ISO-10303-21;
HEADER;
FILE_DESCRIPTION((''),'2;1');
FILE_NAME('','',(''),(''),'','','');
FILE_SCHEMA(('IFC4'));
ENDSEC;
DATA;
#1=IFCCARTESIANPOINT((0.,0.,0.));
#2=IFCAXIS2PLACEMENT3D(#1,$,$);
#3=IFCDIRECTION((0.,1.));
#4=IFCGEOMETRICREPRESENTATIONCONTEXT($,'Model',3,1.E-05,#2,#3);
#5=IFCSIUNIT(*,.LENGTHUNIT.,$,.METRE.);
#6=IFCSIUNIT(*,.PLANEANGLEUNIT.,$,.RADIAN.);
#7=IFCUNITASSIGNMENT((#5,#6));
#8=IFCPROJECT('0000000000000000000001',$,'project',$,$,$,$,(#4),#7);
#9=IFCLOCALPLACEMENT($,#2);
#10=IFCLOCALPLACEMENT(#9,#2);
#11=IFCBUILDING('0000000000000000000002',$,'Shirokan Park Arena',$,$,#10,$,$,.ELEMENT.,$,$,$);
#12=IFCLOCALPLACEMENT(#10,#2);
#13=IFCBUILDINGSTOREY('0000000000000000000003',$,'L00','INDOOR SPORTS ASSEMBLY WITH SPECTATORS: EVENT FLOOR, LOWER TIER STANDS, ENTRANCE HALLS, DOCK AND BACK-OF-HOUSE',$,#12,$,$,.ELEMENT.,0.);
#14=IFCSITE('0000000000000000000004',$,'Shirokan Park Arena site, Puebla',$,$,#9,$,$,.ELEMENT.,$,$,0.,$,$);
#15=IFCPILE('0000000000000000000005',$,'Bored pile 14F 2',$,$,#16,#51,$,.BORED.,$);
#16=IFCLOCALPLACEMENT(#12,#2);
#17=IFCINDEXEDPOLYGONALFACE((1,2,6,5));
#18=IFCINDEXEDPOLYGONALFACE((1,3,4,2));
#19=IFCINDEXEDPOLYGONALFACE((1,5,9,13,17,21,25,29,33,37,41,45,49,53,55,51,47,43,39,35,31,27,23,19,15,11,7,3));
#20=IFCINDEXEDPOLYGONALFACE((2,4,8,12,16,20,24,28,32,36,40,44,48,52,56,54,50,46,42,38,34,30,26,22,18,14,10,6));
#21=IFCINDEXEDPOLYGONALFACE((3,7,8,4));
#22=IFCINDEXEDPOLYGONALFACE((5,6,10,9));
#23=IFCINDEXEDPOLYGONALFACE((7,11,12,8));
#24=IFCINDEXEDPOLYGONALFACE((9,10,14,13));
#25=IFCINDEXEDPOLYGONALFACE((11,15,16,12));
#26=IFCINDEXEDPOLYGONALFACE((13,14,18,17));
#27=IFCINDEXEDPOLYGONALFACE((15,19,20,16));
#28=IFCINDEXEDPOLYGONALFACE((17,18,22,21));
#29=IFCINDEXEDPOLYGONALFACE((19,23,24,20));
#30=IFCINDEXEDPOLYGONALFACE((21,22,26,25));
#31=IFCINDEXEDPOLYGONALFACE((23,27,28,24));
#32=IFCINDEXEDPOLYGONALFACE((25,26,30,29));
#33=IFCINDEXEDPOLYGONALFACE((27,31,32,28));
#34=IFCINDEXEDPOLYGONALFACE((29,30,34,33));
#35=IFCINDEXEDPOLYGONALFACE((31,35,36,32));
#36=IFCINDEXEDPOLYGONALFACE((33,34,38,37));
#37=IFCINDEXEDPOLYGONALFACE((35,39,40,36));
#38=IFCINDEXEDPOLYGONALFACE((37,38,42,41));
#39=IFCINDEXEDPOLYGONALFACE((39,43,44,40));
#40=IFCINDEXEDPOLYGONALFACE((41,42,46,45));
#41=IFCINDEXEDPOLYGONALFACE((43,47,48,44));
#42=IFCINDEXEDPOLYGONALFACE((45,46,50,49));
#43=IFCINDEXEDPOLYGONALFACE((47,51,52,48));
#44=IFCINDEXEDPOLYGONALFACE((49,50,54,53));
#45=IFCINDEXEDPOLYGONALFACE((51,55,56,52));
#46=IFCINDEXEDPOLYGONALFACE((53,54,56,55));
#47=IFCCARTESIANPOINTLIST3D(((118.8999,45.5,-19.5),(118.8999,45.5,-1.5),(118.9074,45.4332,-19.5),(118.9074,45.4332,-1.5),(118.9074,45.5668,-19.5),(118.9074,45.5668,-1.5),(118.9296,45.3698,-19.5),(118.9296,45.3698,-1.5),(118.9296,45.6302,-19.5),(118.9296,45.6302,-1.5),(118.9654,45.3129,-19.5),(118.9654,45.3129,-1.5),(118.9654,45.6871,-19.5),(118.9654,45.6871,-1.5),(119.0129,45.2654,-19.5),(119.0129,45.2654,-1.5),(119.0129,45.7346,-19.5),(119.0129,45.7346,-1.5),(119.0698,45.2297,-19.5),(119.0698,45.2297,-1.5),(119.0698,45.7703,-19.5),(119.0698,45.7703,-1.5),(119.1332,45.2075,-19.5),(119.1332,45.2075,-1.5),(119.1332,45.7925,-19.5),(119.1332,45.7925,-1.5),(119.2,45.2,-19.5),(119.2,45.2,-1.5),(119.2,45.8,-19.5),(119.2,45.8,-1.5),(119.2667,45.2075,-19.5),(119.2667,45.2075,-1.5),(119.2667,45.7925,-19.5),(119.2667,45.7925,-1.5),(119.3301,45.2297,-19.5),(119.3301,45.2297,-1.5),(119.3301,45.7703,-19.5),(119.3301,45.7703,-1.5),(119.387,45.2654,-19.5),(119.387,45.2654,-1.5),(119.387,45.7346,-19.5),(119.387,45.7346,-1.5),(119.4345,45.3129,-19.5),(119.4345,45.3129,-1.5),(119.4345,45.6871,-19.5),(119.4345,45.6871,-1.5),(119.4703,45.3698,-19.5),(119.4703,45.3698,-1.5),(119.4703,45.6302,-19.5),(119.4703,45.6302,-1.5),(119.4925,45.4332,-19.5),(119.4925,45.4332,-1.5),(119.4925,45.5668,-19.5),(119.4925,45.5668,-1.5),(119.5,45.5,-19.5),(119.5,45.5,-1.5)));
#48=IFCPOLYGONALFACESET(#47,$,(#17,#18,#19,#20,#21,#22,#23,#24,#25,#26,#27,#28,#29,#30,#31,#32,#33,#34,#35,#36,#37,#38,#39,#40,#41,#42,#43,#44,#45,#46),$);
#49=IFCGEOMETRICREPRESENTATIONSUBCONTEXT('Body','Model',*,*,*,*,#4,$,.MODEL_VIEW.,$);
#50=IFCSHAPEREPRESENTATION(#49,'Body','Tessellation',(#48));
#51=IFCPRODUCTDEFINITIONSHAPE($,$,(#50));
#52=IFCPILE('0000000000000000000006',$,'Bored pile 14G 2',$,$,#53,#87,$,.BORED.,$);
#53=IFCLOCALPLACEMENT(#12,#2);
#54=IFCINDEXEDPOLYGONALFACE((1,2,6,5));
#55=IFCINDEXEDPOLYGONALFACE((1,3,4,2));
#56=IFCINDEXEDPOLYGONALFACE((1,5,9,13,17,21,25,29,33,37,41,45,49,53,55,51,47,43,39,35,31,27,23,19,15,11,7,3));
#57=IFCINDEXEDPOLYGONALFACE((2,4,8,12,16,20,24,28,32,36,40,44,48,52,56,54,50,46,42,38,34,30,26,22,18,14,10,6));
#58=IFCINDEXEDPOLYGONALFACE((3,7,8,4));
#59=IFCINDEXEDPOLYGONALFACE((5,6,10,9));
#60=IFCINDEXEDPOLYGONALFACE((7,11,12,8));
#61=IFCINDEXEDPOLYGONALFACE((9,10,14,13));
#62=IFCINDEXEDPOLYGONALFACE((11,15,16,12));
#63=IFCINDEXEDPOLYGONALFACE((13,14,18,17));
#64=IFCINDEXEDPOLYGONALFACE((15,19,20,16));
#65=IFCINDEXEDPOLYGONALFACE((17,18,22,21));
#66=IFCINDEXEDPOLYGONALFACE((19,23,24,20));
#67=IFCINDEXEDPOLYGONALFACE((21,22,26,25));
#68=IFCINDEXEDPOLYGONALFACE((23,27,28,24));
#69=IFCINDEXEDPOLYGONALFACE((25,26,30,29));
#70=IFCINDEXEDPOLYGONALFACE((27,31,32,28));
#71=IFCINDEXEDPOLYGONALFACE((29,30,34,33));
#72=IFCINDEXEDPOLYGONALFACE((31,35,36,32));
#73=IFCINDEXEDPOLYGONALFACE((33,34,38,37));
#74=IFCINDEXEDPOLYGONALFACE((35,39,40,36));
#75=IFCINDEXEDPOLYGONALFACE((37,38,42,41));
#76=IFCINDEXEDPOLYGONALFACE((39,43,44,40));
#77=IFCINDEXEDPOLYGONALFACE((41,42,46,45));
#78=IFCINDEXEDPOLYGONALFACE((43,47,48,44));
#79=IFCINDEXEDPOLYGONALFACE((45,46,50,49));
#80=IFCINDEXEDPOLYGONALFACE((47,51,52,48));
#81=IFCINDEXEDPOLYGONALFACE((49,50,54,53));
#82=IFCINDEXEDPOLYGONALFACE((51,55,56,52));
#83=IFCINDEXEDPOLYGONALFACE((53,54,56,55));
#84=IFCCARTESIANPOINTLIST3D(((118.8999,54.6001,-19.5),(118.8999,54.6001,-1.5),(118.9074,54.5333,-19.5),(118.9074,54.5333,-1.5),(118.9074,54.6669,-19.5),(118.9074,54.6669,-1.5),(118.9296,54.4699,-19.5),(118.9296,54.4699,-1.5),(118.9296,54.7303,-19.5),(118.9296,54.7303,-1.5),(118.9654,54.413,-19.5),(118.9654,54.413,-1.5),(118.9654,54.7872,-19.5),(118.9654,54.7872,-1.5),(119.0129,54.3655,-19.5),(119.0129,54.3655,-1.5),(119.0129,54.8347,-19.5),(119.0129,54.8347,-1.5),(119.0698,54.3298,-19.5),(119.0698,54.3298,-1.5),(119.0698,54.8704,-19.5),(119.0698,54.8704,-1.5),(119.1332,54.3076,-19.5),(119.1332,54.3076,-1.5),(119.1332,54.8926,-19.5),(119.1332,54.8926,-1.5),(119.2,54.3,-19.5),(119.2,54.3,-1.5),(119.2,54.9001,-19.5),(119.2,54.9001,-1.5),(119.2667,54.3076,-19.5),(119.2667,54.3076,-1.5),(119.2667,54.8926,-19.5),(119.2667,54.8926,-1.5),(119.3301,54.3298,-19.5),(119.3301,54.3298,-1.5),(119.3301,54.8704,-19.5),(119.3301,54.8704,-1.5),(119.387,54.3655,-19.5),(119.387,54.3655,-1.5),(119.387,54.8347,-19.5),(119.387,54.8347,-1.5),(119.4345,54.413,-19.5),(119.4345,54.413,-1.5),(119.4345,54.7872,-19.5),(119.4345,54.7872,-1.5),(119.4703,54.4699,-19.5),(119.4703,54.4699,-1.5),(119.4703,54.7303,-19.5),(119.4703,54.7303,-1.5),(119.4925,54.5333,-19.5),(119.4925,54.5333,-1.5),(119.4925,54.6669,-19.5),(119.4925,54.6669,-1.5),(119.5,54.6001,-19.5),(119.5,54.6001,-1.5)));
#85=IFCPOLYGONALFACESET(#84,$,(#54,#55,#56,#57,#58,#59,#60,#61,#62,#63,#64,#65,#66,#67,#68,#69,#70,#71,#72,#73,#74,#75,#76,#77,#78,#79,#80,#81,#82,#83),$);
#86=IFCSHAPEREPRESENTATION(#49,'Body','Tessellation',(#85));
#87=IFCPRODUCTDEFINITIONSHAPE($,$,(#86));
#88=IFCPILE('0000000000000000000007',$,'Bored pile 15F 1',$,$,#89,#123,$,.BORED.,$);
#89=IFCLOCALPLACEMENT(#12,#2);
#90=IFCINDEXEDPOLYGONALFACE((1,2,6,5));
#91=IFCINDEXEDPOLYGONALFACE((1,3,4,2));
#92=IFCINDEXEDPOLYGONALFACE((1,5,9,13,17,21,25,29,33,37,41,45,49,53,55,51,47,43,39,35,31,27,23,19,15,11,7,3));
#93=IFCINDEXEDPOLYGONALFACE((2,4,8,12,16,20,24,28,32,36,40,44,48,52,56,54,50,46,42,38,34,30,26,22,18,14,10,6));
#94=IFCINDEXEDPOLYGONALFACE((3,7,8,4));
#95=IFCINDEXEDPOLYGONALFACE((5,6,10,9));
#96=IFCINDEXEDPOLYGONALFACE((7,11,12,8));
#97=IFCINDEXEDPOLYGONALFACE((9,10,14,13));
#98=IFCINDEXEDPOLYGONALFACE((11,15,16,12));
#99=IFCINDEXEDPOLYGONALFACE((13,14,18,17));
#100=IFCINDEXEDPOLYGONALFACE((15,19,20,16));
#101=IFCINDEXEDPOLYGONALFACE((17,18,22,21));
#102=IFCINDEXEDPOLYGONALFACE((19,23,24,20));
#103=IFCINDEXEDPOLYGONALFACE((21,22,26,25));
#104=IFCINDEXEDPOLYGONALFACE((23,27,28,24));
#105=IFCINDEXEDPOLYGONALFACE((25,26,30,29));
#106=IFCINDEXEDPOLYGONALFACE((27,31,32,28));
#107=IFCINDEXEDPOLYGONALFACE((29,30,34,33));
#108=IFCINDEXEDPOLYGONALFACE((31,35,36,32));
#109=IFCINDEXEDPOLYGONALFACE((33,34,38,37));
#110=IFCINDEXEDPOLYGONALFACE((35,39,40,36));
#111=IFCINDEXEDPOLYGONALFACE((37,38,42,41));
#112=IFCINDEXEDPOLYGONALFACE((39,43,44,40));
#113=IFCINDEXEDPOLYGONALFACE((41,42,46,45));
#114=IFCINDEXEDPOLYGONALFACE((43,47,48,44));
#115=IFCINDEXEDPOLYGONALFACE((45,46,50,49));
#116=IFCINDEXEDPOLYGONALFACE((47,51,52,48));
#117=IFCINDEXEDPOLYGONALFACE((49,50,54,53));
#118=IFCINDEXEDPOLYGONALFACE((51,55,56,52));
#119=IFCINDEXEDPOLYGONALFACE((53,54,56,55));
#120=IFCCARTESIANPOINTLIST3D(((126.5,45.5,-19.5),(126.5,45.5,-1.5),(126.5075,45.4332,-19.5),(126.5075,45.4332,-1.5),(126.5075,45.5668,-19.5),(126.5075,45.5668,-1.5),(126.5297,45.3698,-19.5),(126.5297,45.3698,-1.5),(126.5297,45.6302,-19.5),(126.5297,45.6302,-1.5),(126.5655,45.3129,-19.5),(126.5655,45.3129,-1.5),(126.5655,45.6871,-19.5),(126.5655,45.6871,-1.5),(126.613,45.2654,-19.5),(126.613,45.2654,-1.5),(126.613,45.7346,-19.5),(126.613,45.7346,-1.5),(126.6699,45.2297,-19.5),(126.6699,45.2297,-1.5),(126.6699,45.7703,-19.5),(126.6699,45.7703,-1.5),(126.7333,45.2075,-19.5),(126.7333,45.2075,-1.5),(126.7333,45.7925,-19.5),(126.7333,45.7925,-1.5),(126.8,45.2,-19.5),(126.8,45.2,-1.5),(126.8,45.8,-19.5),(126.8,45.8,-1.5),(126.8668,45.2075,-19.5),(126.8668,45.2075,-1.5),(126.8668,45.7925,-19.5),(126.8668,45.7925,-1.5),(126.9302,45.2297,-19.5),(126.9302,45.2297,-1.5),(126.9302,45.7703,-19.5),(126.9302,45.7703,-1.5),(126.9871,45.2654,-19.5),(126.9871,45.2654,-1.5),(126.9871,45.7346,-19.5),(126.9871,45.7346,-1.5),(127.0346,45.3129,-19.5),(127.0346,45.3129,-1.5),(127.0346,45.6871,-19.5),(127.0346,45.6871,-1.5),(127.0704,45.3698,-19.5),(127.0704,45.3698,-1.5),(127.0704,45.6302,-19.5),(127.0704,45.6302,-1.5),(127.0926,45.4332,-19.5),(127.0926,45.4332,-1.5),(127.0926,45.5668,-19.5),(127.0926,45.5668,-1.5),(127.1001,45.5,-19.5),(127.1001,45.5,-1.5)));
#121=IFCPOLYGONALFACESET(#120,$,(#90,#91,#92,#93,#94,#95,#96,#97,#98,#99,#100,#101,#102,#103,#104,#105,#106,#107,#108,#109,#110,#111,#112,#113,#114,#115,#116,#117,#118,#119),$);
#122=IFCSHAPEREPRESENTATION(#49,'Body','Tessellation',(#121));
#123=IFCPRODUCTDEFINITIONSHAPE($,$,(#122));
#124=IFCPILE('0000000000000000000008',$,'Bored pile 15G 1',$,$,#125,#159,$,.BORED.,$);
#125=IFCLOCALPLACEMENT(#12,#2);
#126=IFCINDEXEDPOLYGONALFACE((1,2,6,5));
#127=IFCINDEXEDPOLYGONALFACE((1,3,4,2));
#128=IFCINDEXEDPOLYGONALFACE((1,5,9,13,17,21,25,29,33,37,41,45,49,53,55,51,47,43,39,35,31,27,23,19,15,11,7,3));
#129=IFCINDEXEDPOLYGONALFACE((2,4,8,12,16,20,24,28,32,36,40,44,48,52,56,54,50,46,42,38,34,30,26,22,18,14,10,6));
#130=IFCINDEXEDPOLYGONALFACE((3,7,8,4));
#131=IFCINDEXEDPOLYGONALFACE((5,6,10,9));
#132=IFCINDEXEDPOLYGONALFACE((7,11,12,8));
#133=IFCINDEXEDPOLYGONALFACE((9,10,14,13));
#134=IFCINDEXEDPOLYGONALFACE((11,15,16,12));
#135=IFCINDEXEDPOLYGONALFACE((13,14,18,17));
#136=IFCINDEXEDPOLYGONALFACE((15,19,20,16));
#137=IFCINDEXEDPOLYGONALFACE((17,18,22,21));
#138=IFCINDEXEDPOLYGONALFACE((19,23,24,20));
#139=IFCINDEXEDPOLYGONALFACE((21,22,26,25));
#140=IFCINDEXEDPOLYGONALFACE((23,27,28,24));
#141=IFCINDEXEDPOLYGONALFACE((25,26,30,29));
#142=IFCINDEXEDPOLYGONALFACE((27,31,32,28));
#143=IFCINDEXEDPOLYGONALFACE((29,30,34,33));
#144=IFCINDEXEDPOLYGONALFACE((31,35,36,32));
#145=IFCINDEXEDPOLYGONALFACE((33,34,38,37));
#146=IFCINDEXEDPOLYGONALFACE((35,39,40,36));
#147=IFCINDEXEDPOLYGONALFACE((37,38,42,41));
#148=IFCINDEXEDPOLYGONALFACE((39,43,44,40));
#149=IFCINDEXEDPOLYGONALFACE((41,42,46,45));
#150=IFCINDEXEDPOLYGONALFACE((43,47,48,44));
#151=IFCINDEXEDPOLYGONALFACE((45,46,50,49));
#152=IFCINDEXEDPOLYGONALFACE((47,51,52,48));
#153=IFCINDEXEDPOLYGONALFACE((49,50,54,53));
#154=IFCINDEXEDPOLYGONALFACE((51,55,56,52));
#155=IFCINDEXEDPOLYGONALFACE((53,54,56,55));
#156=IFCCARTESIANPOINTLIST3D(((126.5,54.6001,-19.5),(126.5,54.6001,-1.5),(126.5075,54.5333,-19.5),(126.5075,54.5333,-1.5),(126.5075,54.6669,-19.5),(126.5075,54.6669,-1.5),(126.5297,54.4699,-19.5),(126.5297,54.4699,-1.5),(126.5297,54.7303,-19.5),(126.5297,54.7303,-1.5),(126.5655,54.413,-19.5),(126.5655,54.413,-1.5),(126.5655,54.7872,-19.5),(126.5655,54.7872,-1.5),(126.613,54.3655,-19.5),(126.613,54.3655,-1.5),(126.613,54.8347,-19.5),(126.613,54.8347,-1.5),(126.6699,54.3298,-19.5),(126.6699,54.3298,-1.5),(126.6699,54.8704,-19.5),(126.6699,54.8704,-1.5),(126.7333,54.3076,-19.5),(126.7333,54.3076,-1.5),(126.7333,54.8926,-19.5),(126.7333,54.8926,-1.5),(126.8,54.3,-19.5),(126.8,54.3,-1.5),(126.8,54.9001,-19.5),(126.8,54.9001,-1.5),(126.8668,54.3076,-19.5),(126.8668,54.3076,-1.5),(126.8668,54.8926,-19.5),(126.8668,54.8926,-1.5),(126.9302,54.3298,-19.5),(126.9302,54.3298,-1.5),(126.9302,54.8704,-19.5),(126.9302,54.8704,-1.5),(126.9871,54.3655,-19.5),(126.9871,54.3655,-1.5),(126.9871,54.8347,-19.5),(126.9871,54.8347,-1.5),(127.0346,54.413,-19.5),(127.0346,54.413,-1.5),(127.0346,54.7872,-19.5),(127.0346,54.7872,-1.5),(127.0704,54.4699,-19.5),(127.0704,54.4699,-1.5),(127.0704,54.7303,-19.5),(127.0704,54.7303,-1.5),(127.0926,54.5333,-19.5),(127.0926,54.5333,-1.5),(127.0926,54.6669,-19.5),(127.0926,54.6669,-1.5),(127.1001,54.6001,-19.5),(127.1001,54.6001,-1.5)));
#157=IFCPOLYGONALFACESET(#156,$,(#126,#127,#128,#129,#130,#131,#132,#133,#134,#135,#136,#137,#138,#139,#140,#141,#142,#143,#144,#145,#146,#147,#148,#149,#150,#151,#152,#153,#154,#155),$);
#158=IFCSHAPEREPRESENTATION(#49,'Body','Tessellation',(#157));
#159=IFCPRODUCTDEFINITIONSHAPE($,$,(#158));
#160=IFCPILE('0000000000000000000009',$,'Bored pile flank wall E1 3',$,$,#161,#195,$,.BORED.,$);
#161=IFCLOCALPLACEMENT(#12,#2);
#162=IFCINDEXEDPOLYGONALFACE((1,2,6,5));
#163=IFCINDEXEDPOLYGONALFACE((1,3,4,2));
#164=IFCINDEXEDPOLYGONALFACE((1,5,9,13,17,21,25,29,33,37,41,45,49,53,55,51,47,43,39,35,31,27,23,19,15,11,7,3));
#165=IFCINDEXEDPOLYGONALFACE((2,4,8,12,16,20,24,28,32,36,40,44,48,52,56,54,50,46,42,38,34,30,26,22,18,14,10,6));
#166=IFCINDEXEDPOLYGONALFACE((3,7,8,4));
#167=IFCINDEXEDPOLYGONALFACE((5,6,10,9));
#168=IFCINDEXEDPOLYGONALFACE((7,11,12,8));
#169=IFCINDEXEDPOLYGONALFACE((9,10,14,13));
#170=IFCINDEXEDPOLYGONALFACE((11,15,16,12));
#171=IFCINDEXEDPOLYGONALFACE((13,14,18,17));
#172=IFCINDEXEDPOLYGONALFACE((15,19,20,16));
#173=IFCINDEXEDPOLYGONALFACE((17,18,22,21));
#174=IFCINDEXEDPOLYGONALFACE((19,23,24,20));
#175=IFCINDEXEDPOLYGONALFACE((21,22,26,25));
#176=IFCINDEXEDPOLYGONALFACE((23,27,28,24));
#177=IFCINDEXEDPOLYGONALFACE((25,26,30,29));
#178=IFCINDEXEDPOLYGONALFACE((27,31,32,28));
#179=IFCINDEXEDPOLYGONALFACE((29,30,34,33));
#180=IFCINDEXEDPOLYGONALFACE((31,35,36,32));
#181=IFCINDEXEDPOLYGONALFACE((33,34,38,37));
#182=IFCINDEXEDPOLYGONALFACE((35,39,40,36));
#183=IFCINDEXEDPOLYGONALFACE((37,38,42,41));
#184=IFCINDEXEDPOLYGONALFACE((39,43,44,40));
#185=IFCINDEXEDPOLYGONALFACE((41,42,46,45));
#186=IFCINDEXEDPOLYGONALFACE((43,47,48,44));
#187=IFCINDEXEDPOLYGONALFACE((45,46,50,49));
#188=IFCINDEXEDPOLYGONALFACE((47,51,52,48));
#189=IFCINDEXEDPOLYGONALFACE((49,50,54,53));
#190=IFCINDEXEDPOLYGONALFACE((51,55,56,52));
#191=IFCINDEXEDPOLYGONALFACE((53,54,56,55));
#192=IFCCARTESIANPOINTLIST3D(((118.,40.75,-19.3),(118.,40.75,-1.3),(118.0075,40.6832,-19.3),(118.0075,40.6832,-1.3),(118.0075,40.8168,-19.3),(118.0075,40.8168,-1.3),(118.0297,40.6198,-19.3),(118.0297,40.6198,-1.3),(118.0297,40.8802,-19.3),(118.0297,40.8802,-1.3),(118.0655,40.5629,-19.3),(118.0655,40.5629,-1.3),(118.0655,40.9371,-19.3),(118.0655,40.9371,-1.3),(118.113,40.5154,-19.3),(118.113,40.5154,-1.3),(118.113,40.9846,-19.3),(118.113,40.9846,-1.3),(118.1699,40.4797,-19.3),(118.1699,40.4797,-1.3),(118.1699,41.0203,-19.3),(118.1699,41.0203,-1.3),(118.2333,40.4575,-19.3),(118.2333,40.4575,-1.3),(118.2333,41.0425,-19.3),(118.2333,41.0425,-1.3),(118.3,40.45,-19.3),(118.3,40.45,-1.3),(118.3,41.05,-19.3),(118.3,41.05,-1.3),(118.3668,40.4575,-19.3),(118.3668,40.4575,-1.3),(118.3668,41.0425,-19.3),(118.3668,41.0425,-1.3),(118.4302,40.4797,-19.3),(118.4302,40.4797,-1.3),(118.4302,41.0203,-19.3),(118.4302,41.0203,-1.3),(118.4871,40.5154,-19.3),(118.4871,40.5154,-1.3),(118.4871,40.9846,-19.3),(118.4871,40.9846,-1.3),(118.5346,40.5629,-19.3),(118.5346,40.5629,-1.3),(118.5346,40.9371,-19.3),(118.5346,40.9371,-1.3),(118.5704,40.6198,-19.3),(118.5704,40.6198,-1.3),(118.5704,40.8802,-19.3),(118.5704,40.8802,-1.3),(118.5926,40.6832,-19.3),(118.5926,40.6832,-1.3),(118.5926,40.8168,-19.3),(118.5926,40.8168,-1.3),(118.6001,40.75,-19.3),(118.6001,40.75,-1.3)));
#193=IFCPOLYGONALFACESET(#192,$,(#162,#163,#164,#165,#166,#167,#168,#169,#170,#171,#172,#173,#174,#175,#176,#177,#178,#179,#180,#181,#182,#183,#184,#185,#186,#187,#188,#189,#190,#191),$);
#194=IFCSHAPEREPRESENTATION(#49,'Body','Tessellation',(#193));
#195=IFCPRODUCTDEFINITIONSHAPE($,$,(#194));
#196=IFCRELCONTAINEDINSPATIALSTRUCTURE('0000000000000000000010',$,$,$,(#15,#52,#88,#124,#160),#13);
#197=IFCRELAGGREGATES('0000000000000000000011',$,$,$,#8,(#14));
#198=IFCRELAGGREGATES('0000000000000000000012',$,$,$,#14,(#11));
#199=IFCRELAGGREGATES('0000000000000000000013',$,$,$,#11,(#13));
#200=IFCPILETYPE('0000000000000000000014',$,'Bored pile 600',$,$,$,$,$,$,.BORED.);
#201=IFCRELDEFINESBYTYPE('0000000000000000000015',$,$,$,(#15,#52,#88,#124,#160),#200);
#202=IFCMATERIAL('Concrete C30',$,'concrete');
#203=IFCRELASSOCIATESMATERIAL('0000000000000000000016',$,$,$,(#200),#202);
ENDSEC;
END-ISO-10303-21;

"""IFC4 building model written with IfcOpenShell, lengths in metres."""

from ifc_helpers import new_model, si_unit, direction, frame, origin, origin_2d, place, context, subcontext, project, spatial, circle, extrude, material, material_profile, profile_set, type_object, element, save


model = new_model("IFC4")

# Units and contexts
model_context = context("Model", 3, precision=1e-05, world=origin(), true_north=direction((0.0, 1.0)))
body_context = subcontext(model_context, "Body", "Model", "MODEL_VIEW")
ifc_project = project(units=[si_unit("LENGTHUNIT", "METRE"), si_unit("PLANEANGLEUNIT", "RADIAN")], contexts=[model_context])

# Site, building, storey
site_placement = place(None, origin())
site = spatial("IfcSite", under=ifc_project, at=site_placement, Name="Shirokan Park Arena site, Puebla", CompositionType="ELEMENT", RefElevation=0.0)
building_placement = place(site_placement, origin())
building = spatial("IfcBuilding", under=site, at=building_placement, Name="Shirokan Park Arena", CompositionType="ELEMENT")
storey_placement = place(building_placement, origin())
storey = spatial("IfcBuildingStorey", under=building, at=storey_placement, Name="L00", Description="INDOOR SPORTS ASSEMBLY WITH SPECTATORS: EVENT FLOOR, LOWER TIER STANDS, ENTRANCE HALLS, DOCK AND BACK-OF-HOUSE", CompositionType="ELEMENT", Elevation=0.0)

# Piles
ifc_material_1 = material(Name="Concrete C30", Category="concrete")
ifc_material_profile_1 = material_profile(ifc_material_1, circle(Radius=0.3, at=origin_2d()), Name="D600")
ifc_profile_set_1 = profile_set([ifc_material_profile_1], Name="Concrete C30")
pile_type_1 = type_object("IfcPileType", Name="Bored pile 600", PredefinedType="BORED", material=ifc_profile_set_1)
for number, where, z_axis, x_axis, name in (
    (1, (119.2, 45.5, -1.5), (0.0, 0.0, -1.0), (1.0, 0.0, 0.0), "Bored pile 14F 2"),
    (2, (119.2, 54.6001, -1.5), (0.0, 0.0, -1.0), (1.0, 0.0, 0.0), "Bored pile 14G 2"),
    (3, (126.8, 45.5, -1.5), (0.0, 0.0, -1.0), (1.0, 0.0, 0.0), "Bored pile 15F 1"),
    (4, (126.8, 54.6001, -1.5), (0.0, 0.0, -1.0), (1.0, 0.0, 0.0), "Bored pile 15G 1"),
    (5, (118.3, 40.75, -1.3), (0.0, 0.0, -1.0), (1.0, 0.0, 0.0), "Bored pile flank wall E1 3"),
):
    element("IfcPile", number, at=place(storey_placement, frame(where, z_axis=z_axis, x_axis=x_axis)), inside=storey, type_object=pile_type_1, Name=name, PredefinedType="BORED", context=body_context, shape_type="SweptSolid", body=[
        extrude(circle(Radius=0.3, at=origin_2d()), origin(), (0.0, 0.0, 1.0), 18.0),
    ])

save(model, "model.ifc")
